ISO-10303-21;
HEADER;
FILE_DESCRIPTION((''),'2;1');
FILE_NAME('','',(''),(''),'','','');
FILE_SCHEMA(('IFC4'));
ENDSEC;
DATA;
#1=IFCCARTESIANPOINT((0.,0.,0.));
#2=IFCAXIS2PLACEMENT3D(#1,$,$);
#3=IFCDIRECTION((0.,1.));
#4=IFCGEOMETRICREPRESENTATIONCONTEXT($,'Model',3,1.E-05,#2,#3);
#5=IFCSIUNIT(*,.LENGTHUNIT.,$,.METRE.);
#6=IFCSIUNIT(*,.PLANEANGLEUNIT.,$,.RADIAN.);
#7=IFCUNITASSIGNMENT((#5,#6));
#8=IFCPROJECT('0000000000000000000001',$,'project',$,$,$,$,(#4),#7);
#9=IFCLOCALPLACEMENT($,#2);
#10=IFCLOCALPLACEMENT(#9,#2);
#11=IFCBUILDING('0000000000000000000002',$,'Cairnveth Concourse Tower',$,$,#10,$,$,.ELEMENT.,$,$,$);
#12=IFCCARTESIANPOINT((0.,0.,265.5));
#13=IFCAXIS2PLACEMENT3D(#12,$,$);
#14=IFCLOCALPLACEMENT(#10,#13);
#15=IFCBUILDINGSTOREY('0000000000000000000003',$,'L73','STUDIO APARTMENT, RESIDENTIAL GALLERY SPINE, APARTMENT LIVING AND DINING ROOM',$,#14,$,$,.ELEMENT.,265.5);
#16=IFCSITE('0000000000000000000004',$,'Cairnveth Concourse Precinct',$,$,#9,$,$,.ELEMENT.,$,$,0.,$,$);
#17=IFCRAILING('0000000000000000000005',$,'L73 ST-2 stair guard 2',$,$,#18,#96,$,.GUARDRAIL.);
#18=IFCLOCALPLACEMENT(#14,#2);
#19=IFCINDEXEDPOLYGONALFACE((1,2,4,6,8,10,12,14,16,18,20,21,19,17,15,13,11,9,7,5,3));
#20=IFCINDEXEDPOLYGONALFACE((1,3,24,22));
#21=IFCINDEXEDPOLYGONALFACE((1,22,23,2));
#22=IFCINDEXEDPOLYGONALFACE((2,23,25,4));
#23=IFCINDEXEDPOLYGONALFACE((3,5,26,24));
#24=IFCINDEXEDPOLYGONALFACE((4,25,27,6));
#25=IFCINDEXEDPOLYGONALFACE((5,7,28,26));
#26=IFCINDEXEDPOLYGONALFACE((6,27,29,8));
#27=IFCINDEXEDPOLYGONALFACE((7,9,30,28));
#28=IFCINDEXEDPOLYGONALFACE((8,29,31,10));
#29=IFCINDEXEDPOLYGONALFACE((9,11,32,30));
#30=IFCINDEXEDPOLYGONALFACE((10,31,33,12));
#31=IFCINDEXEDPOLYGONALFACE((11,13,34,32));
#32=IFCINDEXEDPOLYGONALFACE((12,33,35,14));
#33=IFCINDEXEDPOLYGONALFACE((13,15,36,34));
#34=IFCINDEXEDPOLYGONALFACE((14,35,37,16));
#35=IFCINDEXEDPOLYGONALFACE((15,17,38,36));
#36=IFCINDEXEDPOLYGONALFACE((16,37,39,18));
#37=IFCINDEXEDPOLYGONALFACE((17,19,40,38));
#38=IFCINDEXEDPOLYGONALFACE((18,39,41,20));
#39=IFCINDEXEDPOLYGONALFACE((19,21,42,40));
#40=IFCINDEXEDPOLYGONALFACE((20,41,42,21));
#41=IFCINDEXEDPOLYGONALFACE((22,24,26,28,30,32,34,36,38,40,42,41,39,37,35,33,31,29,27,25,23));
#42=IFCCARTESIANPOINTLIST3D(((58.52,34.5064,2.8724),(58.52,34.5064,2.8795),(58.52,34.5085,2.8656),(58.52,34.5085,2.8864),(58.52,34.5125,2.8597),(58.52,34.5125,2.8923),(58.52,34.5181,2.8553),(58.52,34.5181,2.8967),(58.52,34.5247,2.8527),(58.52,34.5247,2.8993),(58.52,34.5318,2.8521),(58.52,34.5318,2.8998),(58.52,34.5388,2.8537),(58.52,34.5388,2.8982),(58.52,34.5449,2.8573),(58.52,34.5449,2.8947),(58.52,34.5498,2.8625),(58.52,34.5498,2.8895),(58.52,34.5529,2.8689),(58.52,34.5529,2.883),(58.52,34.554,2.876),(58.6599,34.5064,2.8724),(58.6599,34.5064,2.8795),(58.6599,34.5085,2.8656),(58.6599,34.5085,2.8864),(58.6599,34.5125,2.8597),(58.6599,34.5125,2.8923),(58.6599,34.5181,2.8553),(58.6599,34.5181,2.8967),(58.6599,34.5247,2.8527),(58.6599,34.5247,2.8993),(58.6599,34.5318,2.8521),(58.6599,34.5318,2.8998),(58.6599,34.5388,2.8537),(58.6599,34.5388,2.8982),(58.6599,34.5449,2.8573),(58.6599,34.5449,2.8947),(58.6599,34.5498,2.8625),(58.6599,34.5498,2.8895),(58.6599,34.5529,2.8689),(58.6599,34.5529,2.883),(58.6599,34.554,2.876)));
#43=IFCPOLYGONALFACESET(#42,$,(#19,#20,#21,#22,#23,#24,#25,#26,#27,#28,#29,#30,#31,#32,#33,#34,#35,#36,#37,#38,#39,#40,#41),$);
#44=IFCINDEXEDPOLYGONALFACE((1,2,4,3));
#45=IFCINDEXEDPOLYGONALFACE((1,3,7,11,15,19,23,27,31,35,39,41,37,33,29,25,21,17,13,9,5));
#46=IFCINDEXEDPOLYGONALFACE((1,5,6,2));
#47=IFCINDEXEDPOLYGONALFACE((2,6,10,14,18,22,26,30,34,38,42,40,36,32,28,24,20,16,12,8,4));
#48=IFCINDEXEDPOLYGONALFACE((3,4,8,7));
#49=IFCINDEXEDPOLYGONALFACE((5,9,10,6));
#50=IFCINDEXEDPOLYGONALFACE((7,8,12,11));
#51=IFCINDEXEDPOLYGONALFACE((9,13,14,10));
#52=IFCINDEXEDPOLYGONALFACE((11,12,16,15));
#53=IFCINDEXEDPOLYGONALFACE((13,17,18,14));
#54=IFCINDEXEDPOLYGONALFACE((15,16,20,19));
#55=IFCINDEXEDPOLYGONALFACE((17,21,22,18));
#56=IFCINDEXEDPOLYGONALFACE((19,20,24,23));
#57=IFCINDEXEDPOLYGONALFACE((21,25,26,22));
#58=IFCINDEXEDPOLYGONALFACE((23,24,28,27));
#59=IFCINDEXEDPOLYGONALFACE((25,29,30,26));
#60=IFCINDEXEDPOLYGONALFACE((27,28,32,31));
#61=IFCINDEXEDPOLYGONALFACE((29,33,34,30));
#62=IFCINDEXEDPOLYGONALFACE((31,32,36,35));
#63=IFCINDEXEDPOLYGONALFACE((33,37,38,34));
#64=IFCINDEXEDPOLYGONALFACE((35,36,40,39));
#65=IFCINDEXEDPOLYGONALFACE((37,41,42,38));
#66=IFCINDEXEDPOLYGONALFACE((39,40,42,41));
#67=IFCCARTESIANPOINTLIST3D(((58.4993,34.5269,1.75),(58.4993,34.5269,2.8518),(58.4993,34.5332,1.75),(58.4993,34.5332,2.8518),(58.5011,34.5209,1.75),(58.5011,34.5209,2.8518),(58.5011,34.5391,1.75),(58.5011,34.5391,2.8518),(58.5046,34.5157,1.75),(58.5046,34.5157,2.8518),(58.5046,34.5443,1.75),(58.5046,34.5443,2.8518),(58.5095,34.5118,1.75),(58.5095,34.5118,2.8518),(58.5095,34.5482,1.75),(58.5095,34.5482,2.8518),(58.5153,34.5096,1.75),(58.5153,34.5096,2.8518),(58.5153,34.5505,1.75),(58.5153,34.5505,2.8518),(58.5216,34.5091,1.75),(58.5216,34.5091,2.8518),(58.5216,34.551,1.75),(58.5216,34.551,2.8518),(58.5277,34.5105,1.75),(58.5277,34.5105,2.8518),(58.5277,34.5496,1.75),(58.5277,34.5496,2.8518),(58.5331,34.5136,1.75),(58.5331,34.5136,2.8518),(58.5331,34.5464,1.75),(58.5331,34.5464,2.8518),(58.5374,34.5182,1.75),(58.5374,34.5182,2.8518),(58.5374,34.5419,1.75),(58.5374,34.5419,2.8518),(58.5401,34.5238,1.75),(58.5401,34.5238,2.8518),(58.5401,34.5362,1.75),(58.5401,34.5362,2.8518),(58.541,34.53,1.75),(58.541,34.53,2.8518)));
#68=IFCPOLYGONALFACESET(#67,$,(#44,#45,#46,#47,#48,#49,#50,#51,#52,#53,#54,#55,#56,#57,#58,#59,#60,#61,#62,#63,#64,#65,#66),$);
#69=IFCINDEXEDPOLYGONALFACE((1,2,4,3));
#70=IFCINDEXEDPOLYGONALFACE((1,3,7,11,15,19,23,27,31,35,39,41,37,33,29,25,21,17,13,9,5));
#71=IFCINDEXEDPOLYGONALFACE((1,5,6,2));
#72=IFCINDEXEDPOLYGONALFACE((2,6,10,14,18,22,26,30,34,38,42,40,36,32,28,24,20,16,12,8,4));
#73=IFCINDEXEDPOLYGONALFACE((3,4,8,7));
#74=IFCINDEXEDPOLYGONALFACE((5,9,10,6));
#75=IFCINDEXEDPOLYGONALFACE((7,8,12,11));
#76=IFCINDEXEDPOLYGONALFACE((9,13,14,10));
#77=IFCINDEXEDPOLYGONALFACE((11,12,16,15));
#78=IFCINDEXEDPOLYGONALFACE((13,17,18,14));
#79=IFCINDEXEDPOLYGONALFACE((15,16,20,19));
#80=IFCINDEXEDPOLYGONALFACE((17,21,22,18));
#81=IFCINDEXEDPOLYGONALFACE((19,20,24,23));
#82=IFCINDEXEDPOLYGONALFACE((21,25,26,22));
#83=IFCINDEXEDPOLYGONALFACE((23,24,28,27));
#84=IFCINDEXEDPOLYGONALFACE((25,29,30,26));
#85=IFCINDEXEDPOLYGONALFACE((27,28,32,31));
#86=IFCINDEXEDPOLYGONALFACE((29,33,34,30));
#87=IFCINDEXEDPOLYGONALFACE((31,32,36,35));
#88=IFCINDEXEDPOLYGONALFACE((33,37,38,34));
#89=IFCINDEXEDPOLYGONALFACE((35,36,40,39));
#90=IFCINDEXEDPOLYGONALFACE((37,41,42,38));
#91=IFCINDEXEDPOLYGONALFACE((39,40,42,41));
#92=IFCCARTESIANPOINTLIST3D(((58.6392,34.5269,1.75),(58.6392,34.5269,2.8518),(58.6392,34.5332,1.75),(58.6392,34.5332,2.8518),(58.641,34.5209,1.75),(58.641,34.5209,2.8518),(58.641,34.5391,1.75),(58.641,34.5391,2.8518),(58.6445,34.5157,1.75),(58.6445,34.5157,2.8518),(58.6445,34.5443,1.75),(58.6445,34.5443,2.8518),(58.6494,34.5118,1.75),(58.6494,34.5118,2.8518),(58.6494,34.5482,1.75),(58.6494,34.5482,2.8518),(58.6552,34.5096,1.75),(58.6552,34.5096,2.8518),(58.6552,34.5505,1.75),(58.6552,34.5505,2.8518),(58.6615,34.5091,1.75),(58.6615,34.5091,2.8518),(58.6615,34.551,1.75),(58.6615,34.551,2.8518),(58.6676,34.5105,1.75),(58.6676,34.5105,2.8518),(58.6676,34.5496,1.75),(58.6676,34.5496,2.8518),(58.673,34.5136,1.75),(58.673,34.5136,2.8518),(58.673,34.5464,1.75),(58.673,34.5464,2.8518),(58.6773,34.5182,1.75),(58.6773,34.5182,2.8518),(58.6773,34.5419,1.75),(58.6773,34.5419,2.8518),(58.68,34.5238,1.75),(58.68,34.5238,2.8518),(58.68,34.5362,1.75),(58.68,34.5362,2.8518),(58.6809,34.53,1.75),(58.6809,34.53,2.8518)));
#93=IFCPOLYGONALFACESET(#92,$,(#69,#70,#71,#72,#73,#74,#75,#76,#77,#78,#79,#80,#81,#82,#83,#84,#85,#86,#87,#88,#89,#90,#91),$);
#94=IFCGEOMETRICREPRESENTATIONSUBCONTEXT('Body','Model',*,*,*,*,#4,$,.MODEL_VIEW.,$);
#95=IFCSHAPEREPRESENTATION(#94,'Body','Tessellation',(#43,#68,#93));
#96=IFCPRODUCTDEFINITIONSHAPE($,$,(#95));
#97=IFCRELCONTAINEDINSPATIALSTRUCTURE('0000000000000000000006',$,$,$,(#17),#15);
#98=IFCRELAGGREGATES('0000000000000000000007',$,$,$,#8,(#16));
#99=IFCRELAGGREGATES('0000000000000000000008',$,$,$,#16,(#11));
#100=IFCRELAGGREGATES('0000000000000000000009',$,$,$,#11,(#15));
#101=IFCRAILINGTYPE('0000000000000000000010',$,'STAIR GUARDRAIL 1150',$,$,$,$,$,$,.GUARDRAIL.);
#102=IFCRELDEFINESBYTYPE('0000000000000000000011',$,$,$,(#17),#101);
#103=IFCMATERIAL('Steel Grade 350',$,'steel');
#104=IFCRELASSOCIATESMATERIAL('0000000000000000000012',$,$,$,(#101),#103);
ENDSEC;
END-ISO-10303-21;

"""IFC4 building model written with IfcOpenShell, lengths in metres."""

from ifc_helpers import new_model, si_unit, direction, frame, origin, origin_2d, place, context, subcontext, project, spatial, circle, extrude, material, type_object, element, save


model = new_model("IFC4")

# Units and contexts
model_context = context("Model", 3, precision=1e-05, world=origin(), true_north=direction((0.0, 1.0)))
body_context = subcontext(model_context, "Body", "Model", "MODEL_VIEW")
ifc_project = project(units=[si_unit("LENGTHUNIT", "METRE"), si_unit("PLANEANGLEUNIT", "RADIAN")], contexts=[model_context])

# Site, building, storey
site_placement = place(None, origin())
site = spatial("IfcSite", under=ifc_project, at=site_placement, Name="Cairnveth Concourse Precinct", CompositionType="ELEMENT", RefElevation=0.0)
building_placement = place(site_placement, origin())
building = spatial("IfcBuilding", under=site, at=building_placement, Name="Cairnveth Concourse Tower", CompositionType="ELEMENT")
storey_placement = place(building_placement, frame((0.0, 0.0, 265.5)))
storey = spatial("IfcBuildingStorey", under=building, at=storey_placement, Name="L73", Description="STUDIO APARTMENT, RESIDENTIAL GALLERY SPINE, APARTMENT LIVING AND DINING ROOM", CompositionType="ELEMENT", Elevation=265.5)

# Shared definitions
ifc_material_1 = material(Name="Steel Grade 350", Category="steel")

# Railing
railing_type_1 = type_object("IfcRailingType", Name="STAIR GUARDRAIL 1150", PredefinedType="GUARDRAIL", material=ifc_material_1)
railing_1_placement = place(storey_placement, frame((58.52, 34.53, 1.75)))
element("IfcRailing", 1, at=railing_1_placement, inside=storey, type_object=railing_type_1, Name="L73 ST-2 stair guard 2", PredefinedType="GUARDRAIL", context=body_context, shape_type="SweptSolid", body=[
    extrude(circle(Radius=0.0239, at=origin_2d()), frame((0.0, 0.0, 1.126), z_axis=(1.0, 0.0, 0.0), x_axis=(0.0, 1.0, 0.0)), (0.0, 0.0, 1.0), 0.1399),
    extrude(circle(Radius=0.021, at=origin_2d()), origin(), (0.0, 0.0, 1.0), 1.1018),
    extrude(circle(Radius=0.021, at=origin_2d()), frame((0.1399, 0.0, 0.0)), (0.0, 0.0, 1.0), 1.1018),
])

save(model, "model.ifc")
